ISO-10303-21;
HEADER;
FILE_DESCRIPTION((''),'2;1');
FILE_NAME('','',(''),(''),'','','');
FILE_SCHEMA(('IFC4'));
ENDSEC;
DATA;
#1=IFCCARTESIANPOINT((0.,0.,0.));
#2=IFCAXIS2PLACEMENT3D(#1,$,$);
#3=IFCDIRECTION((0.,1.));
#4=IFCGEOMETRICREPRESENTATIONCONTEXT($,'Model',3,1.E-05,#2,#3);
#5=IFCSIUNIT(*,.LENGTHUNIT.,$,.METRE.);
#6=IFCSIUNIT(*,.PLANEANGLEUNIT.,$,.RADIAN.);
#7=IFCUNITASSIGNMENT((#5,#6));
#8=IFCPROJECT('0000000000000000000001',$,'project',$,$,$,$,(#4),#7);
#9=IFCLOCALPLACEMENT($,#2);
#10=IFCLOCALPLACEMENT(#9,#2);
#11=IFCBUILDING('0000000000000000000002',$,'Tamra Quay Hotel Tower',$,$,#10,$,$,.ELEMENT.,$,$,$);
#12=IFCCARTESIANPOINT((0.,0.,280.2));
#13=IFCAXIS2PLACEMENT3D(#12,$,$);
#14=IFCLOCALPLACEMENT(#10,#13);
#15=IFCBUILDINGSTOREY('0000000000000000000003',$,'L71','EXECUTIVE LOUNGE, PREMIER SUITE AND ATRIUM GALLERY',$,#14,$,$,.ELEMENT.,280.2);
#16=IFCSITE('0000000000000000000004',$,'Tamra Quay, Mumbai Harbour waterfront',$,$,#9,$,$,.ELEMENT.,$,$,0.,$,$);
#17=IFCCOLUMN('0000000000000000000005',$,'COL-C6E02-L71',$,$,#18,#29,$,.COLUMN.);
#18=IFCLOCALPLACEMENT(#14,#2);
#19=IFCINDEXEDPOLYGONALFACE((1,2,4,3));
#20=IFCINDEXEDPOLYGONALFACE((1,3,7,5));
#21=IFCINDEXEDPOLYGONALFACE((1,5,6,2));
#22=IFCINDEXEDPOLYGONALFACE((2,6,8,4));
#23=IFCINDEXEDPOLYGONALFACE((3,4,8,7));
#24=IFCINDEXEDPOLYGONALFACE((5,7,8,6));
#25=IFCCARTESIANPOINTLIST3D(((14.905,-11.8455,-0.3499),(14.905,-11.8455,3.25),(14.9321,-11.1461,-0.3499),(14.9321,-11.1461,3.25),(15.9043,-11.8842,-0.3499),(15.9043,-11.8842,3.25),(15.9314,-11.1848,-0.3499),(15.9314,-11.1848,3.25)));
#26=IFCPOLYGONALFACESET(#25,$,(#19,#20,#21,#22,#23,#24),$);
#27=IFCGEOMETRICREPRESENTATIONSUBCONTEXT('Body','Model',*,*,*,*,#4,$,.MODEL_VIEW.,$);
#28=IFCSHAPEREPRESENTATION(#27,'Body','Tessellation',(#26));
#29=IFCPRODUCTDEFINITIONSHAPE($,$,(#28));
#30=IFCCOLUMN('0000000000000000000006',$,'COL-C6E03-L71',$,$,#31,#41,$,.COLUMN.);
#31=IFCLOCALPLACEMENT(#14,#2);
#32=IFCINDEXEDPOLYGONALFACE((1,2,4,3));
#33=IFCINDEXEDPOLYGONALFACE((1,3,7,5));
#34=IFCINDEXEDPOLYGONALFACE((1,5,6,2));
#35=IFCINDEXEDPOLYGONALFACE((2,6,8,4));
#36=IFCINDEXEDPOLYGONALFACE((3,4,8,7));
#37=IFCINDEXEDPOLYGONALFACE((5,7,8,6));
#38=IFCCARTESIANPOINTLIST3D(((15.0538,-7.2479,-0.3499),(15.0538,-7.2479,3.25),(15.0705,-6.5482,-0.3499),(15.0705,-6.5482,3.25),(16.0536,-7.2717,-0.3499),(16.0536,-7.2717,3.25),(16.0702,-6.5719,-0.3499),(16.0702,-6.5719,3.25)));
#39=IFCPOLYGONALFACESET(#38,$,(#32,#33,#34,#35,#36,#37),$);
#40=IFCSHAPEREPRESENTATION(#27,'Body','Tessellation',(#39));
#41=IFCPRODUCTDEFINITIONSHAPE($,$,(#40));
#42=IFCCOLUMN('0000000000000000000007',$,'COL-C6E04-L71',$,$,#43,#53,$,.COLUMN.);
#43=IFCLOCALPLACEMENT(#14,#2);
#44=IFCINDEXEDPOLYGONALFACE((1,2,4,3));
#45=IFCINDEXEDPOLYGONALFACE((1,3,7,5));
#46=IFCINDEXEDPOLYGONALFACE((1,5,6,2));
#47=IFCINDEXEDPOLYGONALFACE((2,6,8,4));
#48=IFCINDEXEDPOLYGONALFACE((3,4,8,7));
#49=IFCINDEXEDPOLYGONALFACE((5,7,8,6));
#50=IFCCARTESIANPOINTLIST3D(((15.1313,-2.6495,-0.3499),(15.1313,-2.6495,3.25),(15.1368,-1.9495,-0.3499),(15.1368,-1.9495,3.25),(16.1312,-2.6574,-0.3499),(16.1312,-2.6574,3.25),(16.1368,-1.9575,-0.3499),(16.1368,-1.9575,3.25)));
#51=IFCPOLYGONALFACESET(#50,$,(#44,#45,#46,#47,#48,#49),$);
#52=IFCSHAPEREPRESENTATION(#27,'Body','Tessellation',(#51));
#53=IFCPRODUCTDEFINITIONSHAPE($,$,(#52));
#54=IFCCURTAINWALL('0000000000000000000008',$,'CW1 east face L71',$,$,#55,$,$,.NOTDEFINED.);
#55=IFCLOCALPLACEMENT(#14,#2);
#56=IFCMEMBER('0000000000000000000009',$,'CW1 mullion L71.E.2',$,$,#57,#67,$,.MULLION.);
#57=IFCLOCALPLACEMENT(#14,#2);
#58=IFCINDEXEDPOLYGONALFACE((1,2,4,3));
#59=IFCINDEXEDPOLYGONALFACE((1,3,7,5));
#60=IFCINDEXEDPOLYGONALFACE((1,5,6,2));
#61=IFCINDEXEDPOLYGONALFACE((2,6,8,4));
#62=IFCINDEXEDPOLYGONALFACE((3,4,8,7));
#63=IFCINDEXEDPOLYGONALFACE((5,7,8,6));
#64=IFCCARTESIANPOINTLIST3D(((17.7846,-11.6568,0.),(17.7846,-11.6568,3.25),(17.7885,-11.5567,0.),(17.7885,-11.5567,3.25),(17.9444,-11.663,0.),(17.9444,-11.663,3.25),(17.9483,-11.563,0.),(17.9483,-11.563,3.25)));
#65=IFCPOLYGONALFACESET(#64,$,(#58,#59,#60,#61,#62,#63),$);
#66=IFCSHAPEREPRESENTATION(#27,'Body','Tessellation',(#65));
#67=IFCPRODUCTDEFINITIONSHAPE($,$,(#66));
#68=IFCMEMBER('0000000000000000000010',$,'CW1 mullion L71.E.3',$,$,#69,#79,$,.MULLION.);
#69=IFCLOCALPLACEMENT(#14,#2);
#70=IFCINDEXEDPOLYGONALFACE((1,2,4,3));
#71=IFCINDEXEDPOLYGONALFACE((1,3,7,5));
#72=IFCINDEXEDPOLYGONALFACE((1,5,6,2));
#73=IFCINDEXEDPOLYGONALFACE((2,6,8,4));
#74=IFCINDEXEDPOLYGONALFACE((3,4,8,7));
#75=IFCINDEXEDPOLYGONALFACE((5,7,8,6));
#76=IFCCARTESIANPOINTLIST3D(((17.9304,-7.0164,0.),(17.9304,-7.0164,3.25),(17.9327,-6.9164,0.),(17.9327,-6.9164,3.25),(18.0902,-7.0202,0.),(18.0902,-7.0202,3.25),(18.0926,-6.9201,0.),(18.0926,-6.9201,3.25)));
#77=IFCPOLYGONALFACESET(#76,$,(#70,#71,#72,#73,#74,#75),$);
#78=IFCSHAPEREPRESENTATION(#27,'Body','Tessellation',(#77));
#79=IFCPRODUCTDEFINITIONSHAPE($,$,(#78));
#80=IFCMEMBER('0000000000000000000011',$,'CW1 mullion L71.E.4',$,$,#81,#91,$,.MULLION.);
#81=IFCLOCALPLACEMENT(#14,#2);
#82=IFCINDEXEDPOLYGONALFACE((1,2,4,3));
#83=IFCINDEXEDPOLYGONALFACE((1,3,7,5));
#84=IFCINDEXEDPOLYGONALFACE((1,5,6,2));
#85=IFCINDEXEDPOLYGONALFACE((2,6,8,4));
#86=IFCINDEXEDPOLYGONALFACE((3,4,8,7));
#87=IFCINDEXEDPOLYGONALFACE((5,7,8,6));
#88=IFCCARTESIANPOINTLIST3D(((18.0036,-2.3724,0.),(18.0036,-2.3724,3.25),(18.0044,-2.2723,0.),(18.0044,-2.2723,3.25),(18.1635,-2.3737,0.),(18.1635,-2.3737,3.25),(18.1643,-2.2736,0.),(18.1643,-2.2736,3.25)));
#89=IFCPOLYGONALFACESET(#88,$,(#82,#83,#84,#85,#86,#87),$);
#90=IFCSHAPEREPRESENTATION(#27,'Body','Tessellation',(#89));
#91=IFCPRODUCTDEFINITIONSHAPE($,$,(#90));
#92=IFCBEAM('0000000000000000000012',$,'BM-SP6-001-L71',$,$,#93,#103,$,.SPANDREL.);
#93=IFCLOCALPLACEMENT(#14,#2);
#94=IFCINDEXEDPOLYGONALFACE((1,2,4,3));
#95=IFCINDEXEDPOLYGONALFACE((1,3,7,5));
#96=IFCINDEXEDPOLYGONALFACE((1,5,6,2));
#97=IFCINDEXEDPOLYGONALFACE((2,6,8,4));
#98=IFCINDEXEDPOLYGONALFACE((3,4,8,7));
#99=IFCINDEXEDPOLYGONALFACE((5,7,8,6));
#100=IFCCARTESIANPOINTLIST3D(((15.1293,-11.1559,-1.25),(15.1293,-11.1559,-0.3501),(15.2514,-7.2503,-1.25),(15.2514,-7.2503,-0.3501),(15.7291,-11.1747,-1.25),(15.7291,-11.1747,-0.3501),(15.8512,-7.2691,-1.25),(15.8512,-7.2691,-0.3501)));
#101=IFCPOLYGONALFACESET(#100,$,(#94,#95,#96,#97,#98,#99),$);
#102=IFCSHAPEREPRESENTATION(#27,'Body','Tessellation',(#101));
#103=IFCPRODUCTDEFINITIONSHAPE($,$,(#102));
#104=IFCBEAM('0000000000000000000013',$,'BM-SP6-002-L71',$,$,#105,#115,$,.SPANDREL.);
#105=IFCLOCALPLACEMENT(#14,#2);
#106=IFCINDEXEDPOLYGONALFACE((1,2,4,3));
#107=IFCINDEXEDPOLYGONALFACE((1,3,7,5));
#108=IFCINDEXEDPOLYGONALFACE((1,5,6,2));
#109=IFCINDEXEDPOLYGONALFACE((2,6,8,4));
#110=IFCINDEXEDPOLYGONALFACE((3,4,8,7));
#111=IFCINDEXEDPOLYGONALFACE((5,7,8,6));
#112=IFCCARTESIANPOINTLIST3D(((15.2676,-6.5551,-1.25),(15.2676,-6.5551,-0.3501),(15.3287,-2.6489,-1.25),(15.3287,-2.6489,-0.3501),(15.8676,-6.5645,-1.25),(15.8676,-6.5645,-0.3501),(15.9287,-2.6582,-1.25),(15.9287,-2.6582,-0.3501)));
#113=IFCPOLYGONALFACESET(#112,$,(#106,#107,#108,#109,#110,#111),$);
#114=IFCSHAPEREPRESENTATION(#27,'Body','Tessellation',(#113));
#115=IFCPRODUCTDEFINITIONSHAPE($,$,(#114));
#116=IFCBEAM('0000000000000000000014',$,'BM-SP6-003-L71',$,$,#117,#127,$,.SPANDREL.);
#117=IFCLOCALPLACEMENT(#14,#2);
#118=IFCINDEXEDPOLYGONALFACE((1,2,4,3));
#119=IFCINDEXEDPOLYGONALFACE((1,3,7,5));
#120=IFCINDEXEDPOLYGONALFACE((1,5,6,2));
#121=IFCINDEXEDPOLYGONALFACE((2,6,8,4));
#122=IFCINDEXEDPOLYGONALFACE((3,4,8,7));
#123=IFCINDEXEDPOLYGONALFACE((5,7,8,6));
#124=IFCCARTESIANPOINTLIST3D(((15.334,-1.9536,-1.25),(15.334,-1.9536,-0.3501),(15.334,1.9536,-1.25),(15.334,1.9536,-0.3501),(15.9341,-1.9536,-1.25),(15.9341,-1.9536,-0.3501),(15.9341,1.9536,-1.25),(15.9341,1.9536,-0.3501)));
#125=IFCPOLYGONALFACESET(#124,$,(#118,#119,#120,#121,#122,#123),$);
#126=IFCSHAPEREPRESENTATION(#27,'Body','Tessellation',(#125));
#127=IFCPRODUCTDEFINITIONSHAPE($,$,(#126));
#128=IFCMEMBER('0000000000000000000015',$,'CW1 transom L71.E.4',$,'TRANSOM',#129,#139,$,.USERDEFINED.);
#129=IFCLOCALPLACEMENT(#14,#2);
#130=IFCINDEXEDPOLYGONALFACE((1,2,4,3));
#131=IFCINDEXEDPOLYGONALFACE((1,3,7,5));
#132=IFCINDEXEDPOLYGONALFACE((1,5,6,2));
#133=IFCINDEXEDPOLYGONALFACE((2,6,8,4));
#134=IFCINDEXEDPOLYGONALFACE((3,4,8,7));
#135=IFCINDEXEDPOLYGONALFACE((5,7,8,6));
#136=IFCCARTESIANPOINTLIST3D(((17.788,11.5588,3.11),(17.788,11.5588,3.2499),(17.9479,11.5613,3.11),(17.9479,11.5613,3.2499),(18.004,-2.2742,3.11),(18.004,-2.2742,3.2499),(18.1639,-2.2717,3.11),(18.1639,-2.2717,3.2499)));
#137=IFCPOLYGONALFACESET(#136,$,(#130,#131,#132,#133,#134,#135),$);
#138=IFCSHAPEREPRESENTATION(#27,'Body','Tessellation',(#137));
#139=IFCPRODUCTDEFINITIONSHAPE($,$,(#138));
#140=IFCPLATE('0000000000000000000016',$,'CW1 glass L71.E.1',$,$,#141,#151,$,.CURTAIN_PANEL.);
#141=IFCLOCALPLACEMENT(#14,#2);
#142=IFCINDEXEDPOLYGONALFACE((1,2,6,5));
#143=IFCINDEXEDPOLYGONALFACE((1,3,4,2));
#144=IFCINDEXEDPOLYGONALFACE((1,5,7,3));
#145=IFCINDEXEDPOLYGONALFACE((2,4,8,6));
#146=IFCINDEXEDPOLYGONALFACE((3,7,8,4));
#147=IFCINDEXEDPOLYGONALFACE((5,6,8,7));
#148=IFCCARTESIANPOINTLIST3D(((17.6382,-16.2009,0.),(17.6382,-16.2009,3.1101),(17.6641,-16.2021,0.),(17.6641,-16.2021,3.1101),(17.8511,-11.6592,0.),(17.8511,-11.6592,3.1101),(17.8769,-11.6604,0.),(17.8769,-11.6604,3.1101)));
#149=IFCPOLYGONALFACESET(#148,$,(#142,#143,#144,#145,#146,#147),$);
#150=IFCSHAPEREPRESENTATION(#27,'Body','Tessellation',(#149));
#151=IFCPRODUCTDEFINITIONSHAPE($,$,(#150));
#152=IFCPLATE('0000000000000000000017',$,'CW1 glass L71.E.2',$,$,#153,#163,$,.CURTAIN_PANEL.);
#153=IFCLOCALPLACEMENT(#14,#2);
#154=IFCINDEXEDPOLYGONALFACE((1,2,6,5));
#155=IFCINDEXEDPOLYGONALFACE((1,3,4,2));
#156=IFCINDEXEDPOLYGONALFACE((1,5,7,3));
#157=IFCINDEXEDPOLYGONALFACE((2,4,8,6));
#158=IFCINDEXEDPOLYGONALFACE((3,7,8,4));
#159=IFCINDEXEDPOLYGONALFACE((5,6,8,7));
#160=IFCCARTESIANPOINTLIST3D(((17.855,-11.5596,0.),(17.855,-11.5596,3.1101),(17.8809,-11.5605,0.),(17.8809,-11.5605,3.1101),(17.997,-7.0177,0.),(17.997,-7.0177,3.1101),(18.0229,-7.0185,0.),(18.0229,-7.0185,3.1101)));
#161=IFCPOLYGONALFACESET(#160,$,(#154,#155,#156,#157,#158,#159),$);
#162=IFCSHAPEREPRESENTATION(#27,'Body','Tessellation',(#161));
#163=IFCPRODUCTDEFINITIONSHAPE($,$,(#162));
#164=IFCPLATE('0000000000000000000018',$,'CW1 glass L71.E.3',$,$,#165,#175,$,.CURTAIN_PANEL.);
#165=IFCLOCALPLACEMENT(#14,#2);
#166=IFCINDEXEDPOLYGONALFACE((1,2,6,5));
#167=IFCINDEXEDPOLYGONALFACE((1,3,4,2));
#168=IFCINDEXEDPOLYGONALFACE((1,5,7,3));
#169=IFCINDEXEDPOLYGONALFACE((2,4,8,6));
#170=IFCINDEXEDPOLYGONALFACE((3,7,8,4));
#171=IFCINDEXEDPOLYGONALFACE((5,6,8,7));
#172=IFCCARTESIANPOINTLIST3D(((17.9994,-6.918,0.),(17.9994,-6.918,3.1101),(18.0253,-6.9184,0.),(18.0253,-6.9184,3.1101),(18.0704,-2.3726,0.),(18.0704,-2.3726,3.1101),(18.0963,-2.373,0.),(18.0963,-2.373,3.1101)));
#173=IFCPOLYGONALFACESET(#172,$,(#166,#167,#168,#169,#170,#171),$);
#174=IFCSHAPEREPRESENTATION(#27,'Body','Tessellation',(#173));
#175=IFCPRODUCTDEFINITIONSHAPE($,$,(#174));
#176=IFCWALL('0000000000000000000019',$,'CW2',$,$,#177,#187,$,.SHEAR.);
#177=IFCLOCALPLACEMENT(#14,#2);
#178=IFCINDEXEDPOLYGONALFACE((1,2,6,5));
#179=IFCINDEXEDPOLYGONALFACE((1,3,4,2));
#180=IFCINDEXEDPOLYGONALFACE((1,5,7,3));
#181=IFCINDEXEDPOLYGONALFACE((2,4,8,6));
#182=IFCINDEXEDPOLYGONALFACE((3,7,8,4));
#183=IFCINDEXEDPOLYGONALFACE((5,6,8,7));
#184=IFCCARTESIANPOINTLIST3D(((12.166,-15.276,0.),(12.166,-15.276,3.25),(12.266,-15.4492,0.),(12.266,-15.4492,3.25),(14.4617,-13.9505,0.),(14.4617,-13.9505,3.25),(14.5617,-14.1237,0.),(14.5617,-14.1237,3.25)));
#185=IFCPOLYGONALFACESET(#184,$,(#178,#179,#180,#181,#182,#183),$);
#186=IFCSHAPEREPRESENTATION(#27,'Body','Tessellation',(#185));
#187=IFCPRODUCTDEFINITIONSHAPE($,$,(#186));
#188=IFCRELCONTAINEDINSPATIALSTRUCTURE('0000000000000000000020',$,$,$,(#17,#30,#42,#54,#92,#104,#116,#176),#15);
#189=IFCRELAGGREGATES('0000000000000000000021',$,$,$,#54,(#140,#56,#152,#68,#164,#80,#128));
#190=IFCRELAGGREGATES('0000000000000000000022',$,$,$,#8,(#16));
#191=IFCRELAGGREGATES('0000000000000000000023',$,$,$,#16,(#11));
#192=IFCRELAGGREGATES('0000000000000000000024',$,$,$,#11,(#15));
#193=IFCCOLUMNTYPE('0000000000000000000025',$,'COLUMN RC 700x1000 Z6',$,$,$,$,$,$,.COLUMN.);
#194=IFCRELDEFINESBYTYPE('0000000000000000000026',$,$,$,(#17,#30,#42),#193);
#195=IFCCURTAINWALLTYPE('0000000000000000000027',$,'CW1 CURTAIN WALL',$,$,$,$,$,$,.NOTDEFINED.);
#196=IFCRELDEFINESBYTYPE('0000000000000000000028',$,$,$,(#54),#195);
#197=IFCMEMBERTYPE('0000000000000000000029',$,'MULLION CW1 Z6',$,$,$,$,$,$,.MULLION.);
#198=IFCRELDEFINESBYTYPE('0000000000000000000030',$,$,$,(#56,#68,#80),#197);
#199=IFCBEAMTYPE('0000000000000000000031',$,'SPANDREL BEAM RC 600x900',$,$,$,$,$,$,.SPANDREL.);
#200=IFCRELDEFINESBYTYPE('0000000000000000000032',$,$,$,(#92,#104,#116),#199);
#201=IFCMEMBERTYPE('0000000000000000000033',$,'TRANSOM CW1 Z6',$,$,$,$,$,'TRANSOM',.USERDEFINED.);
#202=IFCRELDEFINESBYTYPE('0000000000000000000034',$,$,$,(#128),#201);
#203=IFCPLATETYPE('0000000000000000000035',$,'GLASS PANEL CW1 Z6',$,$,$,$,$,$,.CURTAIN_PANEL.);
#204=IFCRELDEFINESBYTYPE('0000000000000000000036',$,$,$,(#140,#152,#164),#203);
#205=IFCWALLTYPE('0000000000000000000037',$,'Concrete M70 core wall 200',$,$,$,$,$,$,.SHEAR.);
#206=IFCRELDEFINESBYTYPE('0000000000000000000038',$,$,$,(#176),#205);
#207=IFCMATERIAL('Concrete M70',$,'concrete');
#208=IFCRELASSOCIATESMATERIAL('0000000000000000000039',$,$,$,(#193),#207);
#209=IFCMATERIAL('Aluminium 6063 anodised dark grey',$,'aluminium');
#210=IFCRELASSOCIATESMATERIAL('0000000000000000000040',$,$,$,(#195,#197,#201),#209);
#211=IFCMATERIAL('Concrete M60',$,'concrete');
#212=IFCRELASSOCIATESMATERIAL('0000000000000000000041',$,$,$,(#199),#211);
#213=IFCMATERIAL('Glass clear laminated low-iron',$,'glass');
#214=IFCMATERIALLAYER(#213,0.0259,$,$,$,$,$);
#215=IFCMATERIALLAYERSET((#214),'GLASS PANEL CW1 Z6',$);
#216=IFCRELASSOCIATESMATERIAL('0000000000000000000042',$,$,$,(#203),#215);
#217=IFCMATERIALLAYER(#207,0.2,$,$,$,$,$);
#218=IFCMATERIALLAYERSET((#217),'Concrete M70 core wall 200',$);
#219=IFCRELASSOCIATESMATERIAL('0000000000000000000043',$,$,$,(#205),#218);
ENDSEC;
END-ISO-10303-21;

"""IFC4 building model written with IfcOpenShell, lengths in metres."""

from ifc_helpers import new_model, si_unit, direction, frame, frame_2d, origin, origin_2d, place, context, subcontext, project, spatial, rectangle, extrude, material, layer, layer_set, material_profile, profile_set, type_object, element, aggregate, save


model = new_model("IFC4")

# Units and contexts
model_context = context("Model", 3, precision=1e-05, world=origin(), true_north=direction((0.0, 1.0)))
body_context = subcontext(model_context, "Body", "Model", "MODEL_VIEW")
ifc_project = project(units=[si_unit("LENGTHUNIT", "METRE"), si_unit("PLANEANGLEUNIT", "RADIAN")], contexts=[model_context])

# Site, building, storey
site_placement = place(None, origin())
site = spatial("IfcSite", under=ifc_project, at=site_placement, Name="Tamra Quay, Mumbai Harbour waterfront", CompositionType="ELEMENT", RefElevation=0.0)
building_placement = place(site_placement, origin())
building = spatial("IfcBuilding", under=site, at=building_placement, Name="Tamra Quay Hotel Tower", CompositionType="ELEMENT")
storey_placement = place(building_placement, frame((0.0, 0.0, 280.2)))
storey = spatial("IfcBuildingStorey", under=building, at=storey_placement, Name="L71", Description="EXECUTIVE LOUNGE, PREMIER SUITE AND ATRIUM GALLERY", CompositionType="ELEMENT", Elevation=280.2)

# Columns
ifc_material_1 = material(Name="Concrete M70", Category="concrete")
ifc_material_profile_1 = material_profile(ifc_material_1, rectangle(XDim=1.0, YDim=0.7, at=origin_2d()), Name="COLUMN RC 700x1000 Z6")
ifc_profile_set_1 = profile_set([ifc_material_profile_1], Name="Concrete M70")
column_type = type_object("IfcColumnType", Name="COLUMN RC 700x1000 Z6", PredefinedType="COLUMN", material=ifc_profile_set_1)
for number, where, z_axis, x_axis, name in (
    (1, (15.4182, -11.5151, -0.3499), (0.0, 0.0, 1.0), (-0.999251, 0.038691, 0.0), "COL-C6E02-L71"),
    (2, (15.562, -6.9099, -0.3499), (0.0, 0.0, 1.0), (-0.999718, 0.023753, 0.0), "COL-C6E03-L71"),
    (3, (15.634, -2.3035, -0.3499), (0.0, 0.0, 1.0), (-0.999969, 0.00792, 0.0), "COL-C6E04-L71"),
):
    element("IfcColumn", number, at=place(storey_placement, frame(where, z_axis=z_axis, x_axis=x_axis)), inside=storey, type_object=column_type, Name=name, PredefinedType="COLUMN", context=body_context, shape_type="SweptSolid", body=[
        extrude(rectangle(XDim=1.0, YDim=0.7, at=origin_2d()), origin(), (0.0, 0.0, 1.0), 3.5999),
    ])

# Curtain wall, members
ifc_material_2 = material(Name="Aluminium 6063 anodised dark grey", Category="aluminium")
curtain_wall_type = type_object("IfcCurtainWallType", Name="CW1 CURTAIN WALL", PredefinedType="NOTDEFINED", material=ifc_material_2)
curtain_wall_placement = place(storey_placement, origin())
curtain_wall = element("IfcCurtainWall", 4, at=curtain_wall_placement, inside=storey, type_object=curtain_wall_type, Name="CW1 east face L71", PredefinedType="NOTDEFINED")
ifc_material_profile_2 = material_profile(ifc_material_2, rectangle(XDim=0.1599, YDim=0.1001, at=origin_2d()), Name="MULLION 100X160")
ifc_profile_set_2 = profile_set([ifc_material_profile_2], Name="Aluminium 6063 anodised dark grey")
member_type_1 = type_object("IfcMemberType", Name="MULLION CW1 Z6", PredefinedType="MULLION", material=ifc_profile_set_2)
member_1_placement = place(storey_placement, frame((17.8665, -11.6099, 0.0), z_axis=(0.0, 0.0, 1.0), x_axis=(0.999238, -0.039033, 0.0)))
member_1 = element("IfcMember", 5, at=member_1_placement, type_object=member_type_1, Name="CW1 mullion L71.E.2", PredefinedType="MULLION", context=body_context, shape_type="SweptSolid", body=[
    extrude(rectangle(XDim=0.1599, YDim=0.1001, at=origin_2d()), origin(), (0.0, 0.0, 1.0), 3.25),
])
member_2_placement = place(storey_placement, frame((18.0115, -6.9683, 0.0), z_axis=(0.0, 0.0, 1.0), x_axis=(0.999725, -0.023438, 0.0)))
member_2 = element("IfcMember", 6, at=member_2_placement, type_object=member_type_1, Name="CW1 mullion L71.E.3", PredefinedType="MULLION", context=body_context, shape_type="SweptSolid", body=[
    extrude(rectangle(XDim=0.1599, YDim=0.1001, at=origin_2d()), origin(), (0.0, 0.0, 1.0), 3.25),
])
member_3_placement = place(storey_placement, frame((18.084, -2.323, 0.0), z_axis=(0.0, 0.0, 1.0), x_axis=(0.999969, -0.007817, 0.0)))
member_3 = element("IfcMember", 7, at=member_3_placement, type_object=member_type_1, Name="CW1 mullion L71.E.4", PredefinedType="MULLION", context=body_context, shape_type="SweptSolid", body=[
    extrude(rectangle(XDim=0.1599, YDim=0.1001, at=origin_2d()), origin(), (0.0, 0.0, 1.0), 3.25),
])

# Beams
ifc_material_3 = material(Name="Concrete M60", Category="concrete")
ifc_material_profile_3 = material_profile(ifc_material_3, rectangle(XDim=0.6001, YDim=0.8999, at=origin_2d()), Name="SPANDREL BEAM RC 600x900")
ifc_profile_set_3 = profile_set([ifc_material_profile_3], Name="Concrete M60")
beam_type = type_object("IfcBeamType", Name="SPANDREL BEAM RC 600x900", PredefinedType="SPANDREL", material=ifc_profile_set_3)
beam_1_placement = place(storey_placement, frame((15.4292, -11.1653, -0.8), z_axis=(0.031241, 0.999512, 0.0), x_axis=(-0.999512, 0.031241, 0.0)))
element("IfcBeam", 8, at=beam_1_placement, inside=storey, type_object=beam_type, Name="BM-SP6-001-L71", PredefinedType="SPANDREL", context=body_context, shape_type="SweptSolid", body=[
    extrude(rectangle(XDim=0.6001, YDim=0.8999, at=origin_2d()), origin(), (0.0, 0.0, 1.0), 3.9075),
])
beam_2_placement = place(storey_placement, frame((15.5676, -6.5598, -0.8), z_axis=(0.015623, 0.999878, 0.0), x_axis=(-0.999878, 0.015623, 0.0)))
element("IfcBeam", 9, at=beam_2_placement, inside=storey, type_object=beam_type, Name="BM-SP6-002-L71", PredefinedType="SPANDREL", context=body_context, shape_type="SweptSolid", body=[
    extrude(rectangle(XDim=0.6001, YDim=0.8999, at=origin_2d()), origin(), (0.0, 0.0, 1.0), 3.9067),
])
beam_3_placement = place(storey_placement, frame((15.634, -1.9536, -0.8), z_axis=(0.0, 1.0, 0.0), x_axis=(-1.0, 0.0, 0.0)))
element("IfcBeam", 10, at=beam_3_placement, inside=storey, type_object=beam_type, Name="BM-SP6-003-L71", PredefinedType="SPANDREL", context=body_context, shape_type="SweptSolid", body=[
    extrude(rectangle(XDim=0.6001, YDim=0.8999, at=origin_2d()), origin(), (0.0, 0.0, 1.0), 3.9072),
])

# Member
ifc_material_profile_4 = material_profile(ifc_material_2, rectangle(XDim=0.1599, YDim=0.1399, at=origin_2d()), Name="TRANSOM 160X140")
ifc_profile_set_4 = profile_set([ifc_material_profile_4], Name="Aluminium 6063 anodised dark grey")
member_type_2 = type_object("IfcMemberType", Name="TRANSOM CW1 Z6", ElementType="TRANSOM", PredefinedType="USERDEFINED", material=ifc_profile_set_4)
member_4_placement = place(storey_placement, frame((18.084, -2.2729, 3.1799), z_axis=(-0.015618, 0.999878, 0.0), x_axis=(-0.999878, -0.015618, 0.0)))
member_4 = element("IfcMember", 11, at=member_4_placement, type_object=member_type_2, Name="CW1 transom L71.E.4", ObjectType="TRANSOM", PredefinedType="USERDEFINED", context=body_context, shape_type="SweptSolid", body=[
    extrude(rectangle(XDim=0.1599, YDim=0.1399, at=origin_2d()), origin(), (0.0, 0.0, 1.0), 13.8347),
])

# Plates
ifc_material_4 = material(Name="Glass clear laminated low-iron", Category="glass")
ifc_layer_1 = layer(ifc_material_4, 0.0259)
ifc_layer_set_1 = layer_set([ifc_layer_1], Name="GLASS PANEL CW1 Z6")
plate_type = type_object("IfcPlateType", Name="GLASS PANEL CW1 Z6", PredefinedType="CURTAIN_PANEL", material=ifc_layer_set_1)
plate_1_placement = place(storey_placement, frame((17.7576, -13.9307, 0.0), z_axis=(0.0, 0.0, 1.0), x_axis=(0.046821, 0.998903, 0.0)))
plate_1 = element("IfcPlate", 12, at=plate_1_placement, type_object=plate_type, Name="CW1 glass L71.E.1", PredefinedType="CURTAIN_PANEL", context=body_context, shape_type="SweptSolid", body=[
    extrude(rectangle(XDim=4.5466, YDim=0.0259, at=origin_2d()), origin(), (0.0, 0.0, 1.0), 3.1101),
])
plate_2_placement = place(storey_placement, frame((17.939, -9.2891, 0.0), z_axis=(0.0, 0.0, 1.0), x_axis=(0.031242, 0.999512, 0.0)))
plate_2 = element("IfcPlate", 13, at=plate_2_placement, type_object=plate_type, Name="CW1 glass L71.E.2", PredefinedType="CURTAIN_PANEL", context=body_context, shape_type="SweptSolid", body=[
    extrude(rectangle(XDim=4.5442, YDim=0.0259, at=origin_2d()), origin(), (0.0, 0.0, 1.0), 3.1101),
])
plate_3_placement = place(storey_placement, frame((18.0479, -4.6455, 0.0), z_axis=(0.0, 0.0, 1.0), x_axis=(0.015633, 0.999878, 0.0)))
plate_3 = element("IfcPlate", 14, at=plate_3_placement, type_object=plate_type, Name="CW1 glass L71.E.3", PredefinedType="CURTAIN_PANEL", context=body_context, shape_type="SweptSolid", body=[
    extrude(rectangle(XDim=4.5459, YDim=0.0259, at=origin_2d()), origin(), (0.0, 0.0, 1.0), 3.1101),
])
aggregate(curtain_wall, [plate_1, member_1, plate_2, member_2, plate_3, member_3, member_4])

# Wall
ifc_layer_2 = layer(ifc_material_1, 0.2)
ifc_layer_set_2 = layer_set([ifc_layer_2], Name="Concrete M70 core wall 200")
wall_type_1 = type_object("IfcWallType", Name="Concrete M70 core wall 200", PredefinedType="SHEAR", material=ifc_layer_set_2)
wall_1_placement = place(storey_placement, frame((14.5117, -14.0371, 0.0), z_axis=(0.0, 0.0, 1.0), x_axis=(-0.866018, -0.500012, 0.0)))
element("IfcWall", 15, at=wall_1_placement, inside=storey, type_object=wall_type_1, Name="CW2", PredefinedType="SHEAR", context=body_context, shape_type="SweptSolid", body=[
    extrude(rectangle(XDim=2.6509, YDim=0.2, at=frame_2d((1.3254, 0.0))), origin(), (0.0, 0.0, 1.0), 3.25),
])

save(model, "model.ifc")
